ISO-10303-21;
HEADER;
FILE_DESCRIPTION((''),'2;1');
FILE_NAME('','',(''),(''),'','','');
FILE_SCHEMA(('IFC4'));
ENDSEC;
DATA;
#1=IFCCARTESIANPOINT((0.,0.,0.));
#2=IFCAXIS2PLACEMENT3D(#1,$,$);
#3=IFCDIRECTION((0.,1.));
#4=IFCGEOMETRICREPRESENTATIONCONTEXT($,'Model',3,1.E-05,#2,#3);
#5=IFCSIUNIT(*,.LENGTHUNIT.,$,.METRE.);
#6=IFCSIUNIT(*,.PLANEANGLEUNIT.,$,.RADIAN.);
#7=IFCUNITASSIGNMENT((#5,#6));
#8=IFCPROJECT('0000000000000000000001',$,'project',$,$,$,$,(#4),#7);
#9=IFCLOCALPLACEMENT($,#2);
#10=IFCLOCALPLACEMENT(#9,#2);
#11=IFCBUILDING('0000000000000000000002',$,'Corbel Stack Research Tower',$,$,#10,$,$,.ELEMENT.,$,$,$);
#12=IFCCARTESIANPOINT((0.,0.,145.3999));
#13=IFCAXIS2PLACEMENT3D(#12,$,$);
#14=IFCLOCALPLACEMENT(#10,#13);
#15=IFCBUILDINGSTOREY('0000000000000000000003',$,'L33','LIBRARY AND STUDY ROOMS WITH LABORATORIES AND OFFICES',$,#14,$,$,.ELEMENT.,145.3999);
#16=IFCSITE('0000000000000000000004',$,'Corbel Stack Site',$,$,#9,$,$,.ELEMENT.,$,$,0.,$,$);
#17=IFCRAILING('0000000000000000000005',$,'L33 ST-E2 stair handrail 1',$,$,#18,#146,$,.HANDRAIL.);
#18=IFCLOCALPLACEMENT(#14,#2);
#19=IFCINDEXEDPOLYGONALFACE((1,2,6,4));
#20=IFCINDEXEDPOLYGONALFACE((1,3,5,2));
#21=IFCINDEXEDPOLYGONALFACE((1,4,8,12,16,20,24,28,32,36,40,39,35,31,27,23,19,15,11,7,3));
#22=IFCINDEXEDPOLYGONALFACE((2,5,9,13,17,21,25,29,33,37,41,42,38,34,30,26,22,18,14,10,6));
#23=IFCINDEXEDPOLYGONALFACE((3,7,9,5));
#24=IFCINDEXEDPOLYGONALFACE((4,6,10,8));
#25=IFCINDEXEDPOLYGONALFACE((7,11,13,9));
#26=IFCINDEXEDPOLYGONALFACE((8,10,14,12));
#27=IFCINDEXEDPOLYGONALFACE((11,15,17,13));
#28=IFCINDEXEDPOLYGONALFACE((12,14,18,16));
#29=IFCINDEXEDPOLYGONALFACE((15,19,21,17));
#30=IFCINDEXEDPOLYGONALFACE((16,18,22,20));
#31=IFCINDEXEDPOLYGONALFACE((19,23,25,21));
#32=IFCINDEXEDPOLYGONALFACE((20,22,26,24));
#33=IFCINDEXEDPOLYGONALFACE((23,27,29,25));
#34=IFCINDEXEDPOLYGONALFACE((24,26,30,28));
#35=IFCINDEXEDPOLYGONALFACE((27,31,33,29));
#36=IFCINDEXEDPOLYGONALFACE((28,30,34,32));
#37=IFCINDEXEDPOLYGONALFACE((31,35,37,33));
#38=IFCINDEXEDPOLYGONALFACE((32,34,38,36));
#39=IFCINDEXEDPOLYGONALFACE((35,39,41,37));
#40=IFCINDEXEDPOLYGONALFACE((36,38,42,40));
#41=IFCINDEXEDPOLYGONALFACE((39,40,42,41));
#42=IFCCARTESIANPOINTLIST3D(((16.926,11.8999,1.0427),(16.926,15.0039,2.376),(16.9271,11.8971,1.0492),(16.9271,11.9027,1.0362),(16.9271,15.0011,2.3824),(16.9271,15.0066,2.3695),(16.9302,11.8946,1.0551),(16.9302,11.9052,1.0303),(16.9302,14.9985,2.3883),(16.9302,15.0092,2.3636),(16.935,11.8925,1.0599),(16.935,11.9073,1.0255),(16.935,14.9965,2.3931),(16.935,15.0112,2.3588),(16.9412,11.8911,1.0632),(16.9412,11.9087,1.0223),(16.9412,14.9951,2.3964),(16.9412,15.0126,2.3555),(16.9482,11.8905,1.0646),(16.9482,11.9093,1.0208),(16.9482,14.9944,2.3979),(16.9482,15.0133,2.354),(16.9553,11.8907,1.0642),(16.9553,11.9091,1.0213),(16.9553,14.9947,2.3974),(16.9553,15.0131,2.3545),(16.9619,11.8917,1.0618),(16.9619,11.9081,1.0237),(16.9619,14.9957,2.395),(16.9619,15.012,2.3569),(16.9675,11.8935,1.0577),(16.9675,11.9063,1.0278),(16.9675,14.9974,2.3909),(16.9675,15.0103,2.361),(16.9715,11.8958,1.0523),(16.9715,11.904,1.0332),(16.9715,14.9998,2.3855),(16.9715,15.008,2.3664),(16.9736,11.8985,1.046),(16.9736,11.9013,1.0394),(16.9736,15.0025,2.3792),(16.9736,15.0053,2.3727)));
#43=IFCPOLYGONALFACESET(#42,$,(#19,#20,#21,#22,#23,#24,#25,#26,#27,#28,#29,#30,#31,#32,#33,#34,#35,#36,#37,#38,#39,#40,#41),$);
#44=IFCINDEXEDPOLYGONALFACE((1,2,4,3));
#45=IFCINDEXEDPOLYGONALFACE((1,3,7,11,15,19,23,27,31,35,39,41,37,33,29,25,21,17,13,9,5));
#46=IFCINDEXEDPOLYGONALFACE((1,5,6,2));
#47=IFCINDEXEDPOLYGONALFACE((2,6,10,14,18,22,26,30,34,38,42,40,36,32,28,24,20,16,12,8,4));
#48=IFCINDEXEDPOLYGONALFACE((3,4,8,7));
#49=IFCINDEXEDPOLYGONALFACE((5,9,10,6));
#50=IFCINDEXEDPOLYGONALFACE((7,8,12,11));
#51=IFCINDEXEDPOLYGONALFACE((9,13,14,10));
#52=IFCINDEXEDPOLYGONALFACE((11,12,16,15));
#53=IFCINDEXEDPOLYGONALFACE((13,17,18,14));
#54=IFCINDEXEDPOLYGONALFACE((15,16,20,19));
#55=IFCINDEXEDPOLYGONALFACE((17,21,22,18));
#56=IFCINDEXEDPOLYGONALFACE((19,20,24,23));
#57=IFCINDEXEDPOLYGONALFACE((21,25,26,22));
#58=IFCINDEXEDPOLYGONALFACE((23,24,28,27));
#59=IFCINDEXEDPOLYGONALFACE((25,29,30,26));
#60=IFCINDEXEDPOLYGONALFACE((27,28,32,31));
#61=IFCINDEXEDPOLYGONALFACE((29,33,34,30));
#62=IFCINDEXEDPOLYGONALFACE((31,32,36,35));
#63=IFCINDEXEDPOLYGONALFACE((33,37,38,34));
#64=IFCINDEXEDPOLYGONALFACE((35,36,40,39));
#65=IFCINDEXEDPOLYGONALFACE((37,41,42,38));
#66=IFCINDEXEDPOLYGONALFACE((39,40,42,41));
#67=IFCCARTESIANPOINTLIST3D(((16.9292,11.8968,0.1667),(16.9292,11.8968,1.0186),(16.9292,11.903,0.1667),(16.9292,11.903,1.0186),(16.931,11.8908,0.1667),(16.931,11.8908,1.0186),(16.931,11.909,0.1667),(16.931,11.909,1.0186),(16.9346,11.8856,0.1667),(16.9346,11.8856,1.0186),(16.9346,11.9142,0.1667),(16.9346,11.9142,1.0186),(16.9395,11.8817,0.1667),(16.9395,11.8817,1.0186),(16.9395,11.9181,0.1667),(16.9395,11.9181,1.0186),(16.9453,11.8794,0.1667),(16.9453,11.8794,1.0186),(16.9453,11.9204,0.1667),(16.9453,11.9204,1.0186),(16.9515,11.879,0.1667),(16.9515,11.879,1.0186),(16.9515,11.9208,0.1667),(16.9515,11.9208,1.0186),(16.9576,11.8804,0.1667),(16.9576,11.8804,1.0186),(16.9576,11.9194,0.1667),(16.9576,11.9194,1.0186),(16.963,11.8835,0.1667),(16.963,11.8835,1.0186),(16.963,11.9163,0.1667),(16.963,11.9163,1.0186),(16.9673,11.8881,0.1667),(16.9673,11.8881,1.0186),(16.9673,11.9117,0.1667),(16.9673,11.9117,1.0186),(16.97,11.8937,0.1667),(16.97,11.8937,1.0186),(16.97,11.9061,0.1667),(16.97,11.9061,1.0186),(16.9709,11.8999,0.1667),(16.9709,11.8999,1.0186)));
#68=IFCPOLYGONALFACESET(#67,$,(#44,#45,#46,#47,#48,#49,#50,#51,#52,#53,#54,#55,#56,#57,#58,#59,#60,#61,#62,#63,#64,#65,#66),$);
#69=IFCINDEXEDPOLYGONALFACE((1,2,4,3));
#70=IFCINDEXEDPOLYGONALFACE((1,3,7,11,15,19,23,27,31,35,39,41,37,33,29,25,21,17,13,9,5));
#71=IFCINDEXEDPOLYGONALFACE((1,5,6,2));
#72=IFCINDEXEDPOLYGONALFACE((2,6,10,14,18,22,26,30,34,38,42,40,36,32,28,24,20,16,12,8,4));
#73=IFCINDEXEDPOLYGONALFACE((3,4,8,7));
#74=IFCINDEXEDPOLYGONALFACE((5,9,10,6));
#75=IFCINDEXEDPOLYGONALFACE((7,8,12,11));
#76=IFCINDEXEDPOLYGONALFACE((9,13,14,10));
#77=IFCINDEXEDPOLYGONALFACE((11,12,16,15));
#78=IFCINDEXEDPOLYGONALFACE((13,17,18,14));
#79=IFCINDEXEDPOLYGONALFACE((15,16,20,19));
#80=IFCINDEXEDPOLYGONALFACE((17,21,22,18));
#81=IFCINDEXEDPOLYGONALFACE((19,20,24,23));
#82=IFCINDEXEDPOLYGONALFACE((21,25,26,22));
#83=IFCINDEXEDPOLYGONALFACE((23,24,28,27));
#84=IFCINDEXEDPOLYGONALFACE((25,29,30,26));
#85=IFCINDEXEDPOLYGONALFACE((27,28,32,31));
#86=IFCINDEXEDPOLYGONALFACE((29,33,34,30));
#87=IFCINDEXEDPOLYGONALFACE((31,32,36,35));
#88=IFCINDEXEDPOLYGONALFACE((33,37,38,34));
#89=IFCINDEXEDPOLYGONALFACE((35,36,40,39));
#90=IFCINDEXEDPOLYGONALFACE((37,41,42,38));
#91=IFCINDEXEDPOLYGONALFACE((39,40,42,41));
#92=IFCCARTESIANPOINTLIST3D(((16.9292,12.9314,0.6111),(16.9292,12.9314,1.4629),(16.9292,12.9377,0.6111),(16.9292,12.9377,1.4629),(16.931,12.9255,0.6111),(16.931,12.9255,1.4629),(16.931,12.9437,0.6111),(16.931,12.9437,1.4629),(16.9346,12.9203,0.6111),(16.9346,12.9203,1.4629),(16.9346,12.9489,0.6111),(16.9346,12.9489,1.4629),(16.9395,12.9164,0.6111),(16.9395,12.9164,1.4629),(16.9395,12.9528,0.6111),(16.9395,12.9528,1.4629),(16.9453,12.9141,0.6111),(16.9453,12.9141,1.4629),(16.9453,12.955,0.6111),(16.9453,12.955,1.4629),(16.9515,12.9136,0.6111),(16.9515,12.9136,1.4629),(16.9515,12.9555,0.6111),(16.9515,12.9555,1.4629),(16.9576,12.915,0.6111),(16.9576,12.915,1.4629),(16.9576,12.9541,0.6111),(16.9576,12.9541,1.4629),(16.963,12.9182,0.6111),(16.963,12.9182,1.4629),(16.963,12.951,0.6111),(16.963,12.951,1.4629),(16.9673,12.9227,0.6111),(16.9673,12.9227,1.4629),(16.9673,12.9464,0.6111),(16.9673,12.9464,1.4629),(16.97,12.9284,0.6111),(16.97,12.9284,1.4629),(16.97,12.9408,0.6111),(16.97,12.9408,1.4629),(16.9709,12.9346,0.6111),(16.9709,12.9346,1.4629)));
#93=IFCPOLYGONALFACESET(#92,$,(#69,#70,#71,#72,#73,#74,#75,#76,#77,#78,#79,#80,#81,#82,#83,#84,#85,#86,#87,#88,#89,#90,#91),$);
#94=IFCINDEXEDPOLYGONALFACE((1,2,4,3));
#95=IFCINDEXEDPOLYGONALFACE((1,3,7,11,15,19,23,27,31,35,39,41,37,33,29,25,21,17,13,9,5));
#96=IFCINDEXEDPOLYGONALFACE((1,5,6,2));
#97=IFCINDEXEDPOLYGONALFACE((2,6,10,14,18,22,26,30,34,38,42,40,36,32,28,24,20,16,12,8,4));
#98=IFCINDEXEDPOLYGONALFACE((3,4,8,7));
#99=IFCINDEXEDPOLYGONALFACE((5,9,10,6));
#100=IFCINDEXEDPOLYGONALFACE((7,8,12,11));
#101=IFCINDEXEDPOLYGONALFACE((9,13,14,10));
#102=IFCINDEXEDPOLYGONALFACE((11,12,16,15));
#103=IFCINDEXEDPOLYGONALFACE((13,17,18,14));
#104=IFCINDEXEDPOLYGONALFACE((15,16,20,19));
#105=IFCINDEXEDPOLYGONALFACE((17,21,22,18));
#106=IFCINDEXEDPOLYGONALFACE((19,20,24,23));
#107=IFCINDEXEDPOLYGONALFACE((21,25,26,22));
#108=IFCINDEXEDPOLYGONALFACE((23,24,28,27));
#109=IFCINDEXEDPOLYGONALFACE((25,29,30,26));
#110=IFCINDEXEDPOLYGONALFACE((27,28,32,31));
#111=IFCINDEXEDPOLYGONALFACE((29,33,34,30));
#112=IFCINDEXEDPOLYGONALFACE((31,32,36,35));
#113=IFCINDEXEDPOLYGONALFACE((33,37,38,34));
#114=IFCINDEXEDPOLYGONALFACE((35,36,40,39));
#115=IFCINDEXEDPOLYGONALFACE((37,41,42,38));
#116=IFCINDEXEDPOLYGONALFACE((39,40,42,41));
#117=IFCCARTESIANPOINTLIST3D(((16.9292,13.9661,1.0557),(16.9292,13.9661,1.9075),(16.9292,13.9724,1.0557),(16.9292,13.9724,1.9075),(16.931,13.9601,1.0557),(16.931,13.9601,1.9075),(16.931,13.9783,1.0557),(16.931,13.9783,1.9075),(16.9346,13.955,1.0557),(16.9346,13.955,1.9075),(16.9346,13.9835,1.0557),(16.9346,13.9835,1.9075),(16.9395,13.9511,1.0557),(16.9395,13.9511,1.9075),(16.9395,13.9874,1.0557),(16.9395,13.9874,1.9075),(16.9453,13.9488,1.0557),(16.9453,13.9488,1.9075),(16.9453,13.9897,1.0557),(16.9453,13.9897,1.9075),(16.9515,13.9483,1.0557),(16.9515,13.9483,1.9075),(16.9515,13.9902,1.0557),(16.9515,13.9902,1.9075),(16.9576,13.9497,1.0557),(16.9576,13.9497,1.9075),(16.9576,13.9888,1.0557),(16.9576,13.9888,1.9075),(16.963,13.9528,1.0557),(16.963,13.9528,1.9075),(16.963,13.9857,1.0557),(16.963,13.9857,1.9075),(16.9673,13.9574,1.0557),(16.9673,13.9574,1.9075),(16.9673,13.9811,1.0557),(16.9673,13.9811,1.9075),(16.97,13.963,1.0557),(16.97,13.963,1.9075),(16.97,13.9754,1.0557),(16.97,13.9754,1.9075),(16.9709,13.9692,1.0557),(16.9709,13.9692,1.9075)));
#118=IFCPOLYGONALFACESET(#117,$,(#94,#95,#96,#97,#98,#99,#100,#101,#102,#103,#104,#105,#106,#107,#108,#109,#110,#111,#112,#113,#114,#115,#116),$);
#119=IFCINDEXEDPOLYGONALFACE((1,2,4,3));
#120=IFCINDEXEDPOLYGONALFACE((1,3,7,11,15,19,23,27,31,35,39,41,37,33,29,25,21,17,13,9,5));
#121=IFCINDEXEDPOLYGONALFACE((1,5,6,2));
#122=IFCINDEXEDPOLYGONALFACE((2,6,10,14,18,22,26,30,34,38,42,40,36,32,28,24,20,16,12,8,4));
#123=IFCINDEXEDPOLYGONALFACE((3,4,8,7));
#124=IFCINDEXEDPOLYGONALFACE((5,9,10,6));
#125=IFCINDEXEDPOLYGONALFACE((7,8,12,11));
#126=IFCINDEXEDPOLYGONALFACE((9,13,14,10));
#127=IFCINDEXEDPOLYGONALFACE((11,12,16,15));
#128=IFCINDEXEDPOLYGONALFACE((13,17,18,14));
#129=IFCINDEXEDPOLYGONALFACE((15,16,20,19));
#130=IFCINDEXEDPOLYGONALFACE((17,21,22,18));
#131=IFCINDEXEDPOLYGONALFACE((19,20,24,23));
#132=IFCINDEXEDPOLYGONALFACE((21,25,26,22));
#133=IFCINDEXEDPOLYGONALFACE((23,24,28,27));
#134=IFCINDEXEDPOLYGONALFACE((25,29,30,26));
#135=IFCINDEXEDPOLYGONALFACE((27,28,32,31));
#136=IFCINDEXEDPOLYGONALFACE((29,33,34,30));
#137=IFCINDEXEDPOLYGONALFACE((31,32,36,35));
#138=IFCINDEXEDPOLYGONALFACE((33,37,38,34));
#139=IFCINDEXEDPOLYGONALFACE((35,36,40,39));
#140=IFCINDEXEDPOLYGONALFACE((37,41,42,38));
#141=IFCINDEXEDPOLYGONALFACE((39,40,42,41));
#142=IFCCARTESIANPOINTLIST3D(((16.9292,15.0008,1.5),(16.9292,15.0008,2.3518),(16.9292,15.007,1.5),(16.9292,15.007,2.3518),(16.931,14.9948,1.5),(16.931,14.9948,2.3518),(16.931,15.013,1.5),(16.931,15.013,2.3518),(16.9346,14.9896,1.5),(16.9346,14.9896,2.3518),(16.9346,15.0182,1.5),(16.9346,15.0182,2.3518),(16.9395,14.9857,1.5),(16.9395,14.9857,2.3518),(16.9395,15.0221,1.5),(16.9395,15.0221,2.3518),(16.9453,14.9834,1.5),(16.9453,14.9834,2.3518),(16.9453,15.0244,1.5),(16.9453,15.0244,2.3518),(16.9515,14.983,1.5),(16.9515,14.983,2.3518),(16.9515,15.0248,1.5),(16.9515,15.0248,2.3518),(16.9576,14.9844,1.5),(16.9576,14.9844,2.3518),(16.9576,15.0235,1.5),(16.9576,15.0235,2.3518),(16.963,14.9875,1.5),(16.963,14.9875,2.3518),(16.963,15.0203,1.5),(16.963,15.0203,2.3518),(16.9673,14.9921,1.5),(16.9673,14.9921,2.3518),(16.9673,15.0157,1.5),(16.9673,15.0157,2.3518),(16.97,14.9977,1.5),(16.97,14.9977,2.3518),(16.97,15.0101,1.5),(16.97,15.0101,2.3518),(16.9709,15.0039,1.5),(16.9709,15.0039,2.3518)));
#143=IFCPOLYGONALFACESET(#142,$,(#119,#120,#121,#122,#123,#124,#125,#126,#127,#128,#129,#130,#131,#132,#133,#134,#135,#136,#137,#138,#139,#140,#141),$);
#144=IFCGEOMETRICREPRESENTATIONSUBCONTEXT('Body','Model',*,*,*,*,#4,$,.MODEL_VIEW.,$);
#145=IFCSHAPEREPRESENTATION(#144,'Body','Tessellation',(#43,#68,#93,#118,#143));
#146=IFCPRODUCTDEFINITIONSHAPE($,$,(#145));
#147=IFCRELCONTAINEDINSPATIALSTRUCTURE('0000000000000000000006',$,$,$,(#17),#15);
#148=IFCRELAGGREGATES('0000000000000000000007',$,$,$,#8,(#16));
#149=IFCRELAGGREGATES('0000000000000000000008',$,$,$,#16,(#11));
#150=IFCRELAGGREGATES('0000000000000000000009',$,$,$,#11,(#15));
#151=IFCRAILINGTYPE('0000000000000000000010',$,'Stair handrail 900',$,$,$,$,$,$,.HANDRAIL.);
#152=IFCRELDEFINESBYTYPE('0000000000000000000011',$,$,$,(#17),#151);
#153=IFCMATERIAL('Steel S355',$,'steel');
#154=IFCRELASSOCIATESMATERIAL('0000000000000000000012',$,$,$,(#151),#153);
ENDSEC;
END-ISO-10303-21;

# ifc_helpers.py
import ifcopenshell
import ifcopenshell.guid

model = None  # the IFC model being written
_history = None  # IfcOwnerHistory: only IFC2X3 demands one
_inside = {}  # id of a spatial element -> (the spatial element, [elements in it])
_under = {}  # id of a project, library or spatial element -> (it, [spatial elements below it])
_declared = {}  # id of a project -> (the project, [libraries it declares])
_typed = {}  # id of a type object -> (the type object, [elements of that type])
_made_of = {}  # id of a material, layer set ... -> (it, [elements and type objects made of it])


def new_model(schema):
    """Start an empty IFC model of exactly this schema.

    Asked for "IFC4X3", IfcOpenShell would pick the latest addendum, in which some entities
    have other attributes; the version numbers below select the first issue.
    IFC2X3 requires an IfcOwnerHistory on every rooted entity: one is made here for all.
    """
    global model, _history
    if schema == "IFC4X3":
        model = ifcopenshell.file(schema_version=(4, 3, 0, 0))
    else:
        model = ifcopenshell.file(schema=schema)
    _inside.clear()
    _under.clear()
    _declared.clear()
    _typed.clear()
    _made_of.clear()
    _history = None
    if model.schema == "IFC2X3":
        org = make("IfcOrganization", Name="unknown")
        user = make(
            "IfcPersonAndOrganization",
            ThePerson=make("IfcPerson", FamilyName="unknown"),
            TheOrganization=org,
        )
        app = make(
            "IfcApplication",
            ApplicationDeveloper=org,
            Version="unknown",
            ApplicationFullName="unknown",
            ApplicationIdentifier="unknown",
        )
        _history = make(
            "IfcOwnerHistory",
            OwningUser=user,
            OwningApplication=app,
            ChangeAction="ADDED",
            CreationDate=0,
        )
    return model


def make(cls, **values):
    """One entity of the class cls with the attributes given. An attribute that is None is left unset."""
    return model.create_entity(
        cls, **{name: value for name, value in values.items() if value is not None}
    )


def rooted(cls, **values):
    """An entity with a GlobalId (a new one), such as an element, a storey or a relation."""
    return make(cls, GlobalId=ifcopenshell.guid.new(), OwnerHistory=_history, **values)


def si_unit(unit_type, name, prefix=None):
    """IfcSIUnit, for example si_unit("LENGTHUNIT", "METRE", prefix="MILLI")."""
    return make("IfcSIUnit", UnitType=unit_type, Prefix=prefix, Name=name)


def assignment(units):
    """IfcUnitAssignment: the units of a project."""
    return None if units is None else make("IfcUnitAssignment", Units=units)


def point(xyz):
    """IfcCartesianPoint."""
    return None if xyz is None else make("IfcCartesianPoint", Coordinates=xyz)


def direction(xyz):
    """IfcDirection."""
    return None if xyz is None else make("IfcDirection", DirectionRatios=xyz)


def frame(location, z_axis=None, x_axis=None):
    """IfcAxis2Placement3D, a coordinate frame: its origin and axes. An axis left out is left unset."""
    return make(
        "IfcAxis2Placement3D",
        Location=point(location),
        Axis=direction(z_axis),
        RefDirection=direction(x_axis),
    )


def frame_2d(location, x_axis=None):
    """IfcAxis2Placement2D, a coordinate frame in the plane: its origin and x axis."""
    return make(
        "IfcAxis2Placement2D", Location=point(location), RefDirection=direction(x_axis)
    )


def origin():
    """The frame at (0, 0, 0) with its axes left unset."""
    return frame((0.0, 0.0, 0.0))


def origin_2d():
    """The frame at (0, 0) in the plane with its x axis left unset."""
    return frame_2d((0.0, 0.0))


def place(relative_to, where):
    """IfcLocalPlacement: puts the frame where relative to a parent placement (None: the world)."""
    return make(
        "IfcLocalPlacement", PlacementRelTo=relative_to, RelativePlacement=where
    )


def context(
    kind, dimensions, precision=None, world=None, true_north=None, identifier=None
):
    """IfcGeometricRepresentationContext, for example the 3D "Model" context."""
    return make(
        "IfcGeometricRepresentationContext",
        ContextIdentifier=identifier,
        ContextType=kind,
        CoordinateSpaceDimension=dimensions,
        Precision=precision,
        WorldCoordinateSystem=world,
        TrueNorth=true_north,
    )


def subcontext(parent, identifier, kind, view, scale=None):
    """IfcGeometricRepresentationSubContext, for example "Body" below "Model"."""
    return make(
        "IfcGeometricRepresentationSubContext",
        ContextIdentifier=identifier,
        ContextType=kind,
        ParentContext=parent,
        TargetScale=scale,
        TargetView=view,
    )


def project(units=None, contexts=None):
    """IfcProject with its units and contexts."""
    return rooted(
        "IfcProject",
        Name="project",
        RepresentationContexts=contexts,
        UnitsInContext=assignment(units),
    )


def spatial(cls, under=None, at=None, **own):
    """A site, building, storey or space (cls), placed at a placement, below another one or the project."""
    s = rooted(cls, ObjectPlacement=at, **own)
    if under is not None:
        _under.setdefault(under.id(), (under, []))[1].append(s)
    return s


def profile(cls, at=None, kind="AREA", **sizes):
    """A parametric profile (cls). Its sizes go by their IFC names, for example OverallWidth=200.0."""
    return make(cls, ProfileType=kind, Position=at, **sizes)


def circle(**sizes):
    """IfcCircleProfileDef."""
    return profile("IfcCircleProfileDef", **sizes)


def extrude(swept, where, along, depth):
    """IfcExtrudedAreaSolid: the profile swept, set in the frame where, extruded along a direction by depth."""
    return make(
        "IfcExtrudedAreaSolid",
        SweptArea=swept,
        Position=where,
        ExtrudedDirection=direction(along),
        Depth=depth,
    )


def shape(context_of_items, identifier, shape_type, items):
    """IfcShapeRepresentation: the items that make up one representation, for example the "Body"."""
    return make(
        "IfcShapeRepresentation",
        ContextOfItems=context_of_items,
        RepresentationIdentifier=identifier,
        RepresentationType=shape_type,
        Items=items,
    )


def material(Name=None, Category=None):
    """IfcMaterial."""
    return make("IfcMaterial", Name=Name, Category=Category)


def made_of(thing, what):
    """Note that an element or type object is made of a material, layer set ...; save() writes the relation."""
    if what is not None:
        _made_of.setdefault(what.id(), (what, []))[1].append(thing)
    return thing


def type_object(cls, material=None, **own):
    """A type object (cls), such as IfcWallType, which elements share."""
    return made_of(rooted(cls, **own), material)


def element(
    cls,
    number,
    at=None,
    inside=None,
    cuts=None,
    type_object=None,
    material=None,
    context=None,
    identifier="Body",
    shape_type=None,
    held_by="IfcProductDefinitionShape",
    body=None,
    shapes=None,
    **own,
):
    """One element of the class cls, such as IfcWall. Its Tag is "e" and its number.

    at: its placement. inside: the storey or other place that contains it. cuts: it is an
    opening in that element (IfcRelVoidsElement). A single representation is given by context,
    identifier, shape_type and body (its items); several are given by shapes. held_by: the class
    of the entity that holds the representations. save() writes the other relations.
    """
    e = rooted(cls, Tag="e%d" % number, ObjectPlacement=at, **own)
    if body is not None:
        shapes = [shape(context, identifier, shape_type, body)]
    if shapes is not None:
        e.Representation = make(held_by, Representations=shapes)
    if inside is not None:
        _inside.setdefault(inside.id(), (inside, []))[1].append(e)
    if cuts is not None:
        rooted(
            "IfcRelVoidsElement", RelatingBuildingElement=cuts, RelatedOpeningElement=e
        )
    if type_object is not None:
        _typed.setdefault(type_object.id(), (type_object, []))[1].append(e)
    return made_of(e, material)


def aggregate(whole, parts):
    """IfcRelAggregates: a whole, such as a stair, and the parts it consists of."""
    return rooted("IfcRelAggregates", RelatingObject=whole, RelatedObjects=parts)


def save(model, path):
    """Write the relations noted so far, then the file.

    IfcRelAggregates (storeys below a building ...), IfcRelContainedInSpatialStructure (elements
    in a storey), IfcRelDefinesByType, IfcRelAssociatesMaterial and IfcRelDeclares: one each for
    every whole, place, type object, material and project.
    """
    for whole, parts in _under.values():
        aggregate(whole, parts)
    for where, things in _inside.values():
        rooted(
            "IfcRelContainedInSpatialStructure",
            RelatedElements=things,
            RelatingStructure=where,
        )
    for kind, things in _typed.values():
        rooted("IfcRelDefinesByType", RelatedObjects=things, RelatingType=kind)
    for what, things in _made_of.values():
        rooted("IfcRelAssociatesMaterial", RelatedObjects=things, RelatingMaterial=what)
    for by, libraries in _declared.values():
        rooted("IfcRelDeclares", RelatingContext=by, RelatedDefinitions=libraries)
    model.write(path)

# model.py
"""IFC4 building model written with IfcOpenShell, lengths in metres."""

from ifc_helpers import new_model, si_unit, direction, frame, origin, origin_2d, place, context, subcontext, project, spatial, circle, extrude, material, type_object, element, save


model = new_model("IFC4")

# Units and contexts
model_context = context("Model", 3, precision=1e-05, world=origin(), true_north=direction((0.0, 1.0)))
body_context = subcontext(model_context, "Body", "Model", "MODEL_VIEW")
ifc_project = project(units=[si_unit("LENGTHUNIT", "METRE"), si_unit("PLANEANGLEUNIT", "RADIAN")], contexts=[model_context])

# Site, building, storey
site_placement = place(None, origin())
site = spatial("IfcSite", under=ifc_project, at=site_placement, Name="Corbel Stack Site", CompositionType="ELEMENT", RefElevation=0.0)
building_placement = place(site_placement, origin())
building = spatial("IfcBuilding", under=site, at=building_placement, Name="Corbel Stack Research Tower", CompositionType="ELEMENT")
storey_placement = place(building_placement, frame((0.0, 0.0, 145.3999)))
storey = spatial("IfcBuildingStorey", under=building, at=storey_placement, Name="L33", Description="LIBRARY AND STUDY ROOMS WITH LABORATORIES AND OFFICES", CompositionType="ELEMENT", Elevation=145.3999)

# Railing
ifc_material_1 = material(Name="Steel S355", Category="steel")
railing_type_1 = type_object("IfcRailingType", Name="Stair handrail 900", PredefinedType="HANDRAIL", material=ifc_material_1)
for number, where, name in (
    (1, (16.95, 11.8999, 0.1667), "L33 ST-E2 stair handrail 1"),
):
    element("IfcRailing", number, at=place(storey_placement, frame(where)), inside=storey, type_object=railing_type_1, Name=name, PredefinedType="HANDRAIL", context=body_context, shape_type="SweptSolid", body=[
        extrude(circle(Radius=0.0239, at=origin_2d()), frame((0.0, 0.0, 0.876), z_axis=(0.0, 0.918827, 0.394661), x_axis=(-1.0, 0.0, 0.0)), (0.0, 0.0, 1.0), 3.3782),
        extrude(circle(Radius=0.021, at=origin_2d()), origin(), (0.0, 0.0, 1.0), 0.8518),
        extrude(circle(Radius=0.021, at=origin_2d()), frame((0.0, 1.0347, 0.4443)), (0.0, 0.0, 1.0), 0.8518),
        extrude(circle(Radius=0.021, at=origin_2d()), frame((0.0, 2.0693, 0.8889)), (0.0, 0.0, 1.0), 0.8518),
        extrude(circle(Radius=0.021, at=origin_2d()), frame((0.0, 3.104, 1.3333)), (0.0, 0.0, 1.0), 0.8518),
    ])

save(model, "model.ifc")
